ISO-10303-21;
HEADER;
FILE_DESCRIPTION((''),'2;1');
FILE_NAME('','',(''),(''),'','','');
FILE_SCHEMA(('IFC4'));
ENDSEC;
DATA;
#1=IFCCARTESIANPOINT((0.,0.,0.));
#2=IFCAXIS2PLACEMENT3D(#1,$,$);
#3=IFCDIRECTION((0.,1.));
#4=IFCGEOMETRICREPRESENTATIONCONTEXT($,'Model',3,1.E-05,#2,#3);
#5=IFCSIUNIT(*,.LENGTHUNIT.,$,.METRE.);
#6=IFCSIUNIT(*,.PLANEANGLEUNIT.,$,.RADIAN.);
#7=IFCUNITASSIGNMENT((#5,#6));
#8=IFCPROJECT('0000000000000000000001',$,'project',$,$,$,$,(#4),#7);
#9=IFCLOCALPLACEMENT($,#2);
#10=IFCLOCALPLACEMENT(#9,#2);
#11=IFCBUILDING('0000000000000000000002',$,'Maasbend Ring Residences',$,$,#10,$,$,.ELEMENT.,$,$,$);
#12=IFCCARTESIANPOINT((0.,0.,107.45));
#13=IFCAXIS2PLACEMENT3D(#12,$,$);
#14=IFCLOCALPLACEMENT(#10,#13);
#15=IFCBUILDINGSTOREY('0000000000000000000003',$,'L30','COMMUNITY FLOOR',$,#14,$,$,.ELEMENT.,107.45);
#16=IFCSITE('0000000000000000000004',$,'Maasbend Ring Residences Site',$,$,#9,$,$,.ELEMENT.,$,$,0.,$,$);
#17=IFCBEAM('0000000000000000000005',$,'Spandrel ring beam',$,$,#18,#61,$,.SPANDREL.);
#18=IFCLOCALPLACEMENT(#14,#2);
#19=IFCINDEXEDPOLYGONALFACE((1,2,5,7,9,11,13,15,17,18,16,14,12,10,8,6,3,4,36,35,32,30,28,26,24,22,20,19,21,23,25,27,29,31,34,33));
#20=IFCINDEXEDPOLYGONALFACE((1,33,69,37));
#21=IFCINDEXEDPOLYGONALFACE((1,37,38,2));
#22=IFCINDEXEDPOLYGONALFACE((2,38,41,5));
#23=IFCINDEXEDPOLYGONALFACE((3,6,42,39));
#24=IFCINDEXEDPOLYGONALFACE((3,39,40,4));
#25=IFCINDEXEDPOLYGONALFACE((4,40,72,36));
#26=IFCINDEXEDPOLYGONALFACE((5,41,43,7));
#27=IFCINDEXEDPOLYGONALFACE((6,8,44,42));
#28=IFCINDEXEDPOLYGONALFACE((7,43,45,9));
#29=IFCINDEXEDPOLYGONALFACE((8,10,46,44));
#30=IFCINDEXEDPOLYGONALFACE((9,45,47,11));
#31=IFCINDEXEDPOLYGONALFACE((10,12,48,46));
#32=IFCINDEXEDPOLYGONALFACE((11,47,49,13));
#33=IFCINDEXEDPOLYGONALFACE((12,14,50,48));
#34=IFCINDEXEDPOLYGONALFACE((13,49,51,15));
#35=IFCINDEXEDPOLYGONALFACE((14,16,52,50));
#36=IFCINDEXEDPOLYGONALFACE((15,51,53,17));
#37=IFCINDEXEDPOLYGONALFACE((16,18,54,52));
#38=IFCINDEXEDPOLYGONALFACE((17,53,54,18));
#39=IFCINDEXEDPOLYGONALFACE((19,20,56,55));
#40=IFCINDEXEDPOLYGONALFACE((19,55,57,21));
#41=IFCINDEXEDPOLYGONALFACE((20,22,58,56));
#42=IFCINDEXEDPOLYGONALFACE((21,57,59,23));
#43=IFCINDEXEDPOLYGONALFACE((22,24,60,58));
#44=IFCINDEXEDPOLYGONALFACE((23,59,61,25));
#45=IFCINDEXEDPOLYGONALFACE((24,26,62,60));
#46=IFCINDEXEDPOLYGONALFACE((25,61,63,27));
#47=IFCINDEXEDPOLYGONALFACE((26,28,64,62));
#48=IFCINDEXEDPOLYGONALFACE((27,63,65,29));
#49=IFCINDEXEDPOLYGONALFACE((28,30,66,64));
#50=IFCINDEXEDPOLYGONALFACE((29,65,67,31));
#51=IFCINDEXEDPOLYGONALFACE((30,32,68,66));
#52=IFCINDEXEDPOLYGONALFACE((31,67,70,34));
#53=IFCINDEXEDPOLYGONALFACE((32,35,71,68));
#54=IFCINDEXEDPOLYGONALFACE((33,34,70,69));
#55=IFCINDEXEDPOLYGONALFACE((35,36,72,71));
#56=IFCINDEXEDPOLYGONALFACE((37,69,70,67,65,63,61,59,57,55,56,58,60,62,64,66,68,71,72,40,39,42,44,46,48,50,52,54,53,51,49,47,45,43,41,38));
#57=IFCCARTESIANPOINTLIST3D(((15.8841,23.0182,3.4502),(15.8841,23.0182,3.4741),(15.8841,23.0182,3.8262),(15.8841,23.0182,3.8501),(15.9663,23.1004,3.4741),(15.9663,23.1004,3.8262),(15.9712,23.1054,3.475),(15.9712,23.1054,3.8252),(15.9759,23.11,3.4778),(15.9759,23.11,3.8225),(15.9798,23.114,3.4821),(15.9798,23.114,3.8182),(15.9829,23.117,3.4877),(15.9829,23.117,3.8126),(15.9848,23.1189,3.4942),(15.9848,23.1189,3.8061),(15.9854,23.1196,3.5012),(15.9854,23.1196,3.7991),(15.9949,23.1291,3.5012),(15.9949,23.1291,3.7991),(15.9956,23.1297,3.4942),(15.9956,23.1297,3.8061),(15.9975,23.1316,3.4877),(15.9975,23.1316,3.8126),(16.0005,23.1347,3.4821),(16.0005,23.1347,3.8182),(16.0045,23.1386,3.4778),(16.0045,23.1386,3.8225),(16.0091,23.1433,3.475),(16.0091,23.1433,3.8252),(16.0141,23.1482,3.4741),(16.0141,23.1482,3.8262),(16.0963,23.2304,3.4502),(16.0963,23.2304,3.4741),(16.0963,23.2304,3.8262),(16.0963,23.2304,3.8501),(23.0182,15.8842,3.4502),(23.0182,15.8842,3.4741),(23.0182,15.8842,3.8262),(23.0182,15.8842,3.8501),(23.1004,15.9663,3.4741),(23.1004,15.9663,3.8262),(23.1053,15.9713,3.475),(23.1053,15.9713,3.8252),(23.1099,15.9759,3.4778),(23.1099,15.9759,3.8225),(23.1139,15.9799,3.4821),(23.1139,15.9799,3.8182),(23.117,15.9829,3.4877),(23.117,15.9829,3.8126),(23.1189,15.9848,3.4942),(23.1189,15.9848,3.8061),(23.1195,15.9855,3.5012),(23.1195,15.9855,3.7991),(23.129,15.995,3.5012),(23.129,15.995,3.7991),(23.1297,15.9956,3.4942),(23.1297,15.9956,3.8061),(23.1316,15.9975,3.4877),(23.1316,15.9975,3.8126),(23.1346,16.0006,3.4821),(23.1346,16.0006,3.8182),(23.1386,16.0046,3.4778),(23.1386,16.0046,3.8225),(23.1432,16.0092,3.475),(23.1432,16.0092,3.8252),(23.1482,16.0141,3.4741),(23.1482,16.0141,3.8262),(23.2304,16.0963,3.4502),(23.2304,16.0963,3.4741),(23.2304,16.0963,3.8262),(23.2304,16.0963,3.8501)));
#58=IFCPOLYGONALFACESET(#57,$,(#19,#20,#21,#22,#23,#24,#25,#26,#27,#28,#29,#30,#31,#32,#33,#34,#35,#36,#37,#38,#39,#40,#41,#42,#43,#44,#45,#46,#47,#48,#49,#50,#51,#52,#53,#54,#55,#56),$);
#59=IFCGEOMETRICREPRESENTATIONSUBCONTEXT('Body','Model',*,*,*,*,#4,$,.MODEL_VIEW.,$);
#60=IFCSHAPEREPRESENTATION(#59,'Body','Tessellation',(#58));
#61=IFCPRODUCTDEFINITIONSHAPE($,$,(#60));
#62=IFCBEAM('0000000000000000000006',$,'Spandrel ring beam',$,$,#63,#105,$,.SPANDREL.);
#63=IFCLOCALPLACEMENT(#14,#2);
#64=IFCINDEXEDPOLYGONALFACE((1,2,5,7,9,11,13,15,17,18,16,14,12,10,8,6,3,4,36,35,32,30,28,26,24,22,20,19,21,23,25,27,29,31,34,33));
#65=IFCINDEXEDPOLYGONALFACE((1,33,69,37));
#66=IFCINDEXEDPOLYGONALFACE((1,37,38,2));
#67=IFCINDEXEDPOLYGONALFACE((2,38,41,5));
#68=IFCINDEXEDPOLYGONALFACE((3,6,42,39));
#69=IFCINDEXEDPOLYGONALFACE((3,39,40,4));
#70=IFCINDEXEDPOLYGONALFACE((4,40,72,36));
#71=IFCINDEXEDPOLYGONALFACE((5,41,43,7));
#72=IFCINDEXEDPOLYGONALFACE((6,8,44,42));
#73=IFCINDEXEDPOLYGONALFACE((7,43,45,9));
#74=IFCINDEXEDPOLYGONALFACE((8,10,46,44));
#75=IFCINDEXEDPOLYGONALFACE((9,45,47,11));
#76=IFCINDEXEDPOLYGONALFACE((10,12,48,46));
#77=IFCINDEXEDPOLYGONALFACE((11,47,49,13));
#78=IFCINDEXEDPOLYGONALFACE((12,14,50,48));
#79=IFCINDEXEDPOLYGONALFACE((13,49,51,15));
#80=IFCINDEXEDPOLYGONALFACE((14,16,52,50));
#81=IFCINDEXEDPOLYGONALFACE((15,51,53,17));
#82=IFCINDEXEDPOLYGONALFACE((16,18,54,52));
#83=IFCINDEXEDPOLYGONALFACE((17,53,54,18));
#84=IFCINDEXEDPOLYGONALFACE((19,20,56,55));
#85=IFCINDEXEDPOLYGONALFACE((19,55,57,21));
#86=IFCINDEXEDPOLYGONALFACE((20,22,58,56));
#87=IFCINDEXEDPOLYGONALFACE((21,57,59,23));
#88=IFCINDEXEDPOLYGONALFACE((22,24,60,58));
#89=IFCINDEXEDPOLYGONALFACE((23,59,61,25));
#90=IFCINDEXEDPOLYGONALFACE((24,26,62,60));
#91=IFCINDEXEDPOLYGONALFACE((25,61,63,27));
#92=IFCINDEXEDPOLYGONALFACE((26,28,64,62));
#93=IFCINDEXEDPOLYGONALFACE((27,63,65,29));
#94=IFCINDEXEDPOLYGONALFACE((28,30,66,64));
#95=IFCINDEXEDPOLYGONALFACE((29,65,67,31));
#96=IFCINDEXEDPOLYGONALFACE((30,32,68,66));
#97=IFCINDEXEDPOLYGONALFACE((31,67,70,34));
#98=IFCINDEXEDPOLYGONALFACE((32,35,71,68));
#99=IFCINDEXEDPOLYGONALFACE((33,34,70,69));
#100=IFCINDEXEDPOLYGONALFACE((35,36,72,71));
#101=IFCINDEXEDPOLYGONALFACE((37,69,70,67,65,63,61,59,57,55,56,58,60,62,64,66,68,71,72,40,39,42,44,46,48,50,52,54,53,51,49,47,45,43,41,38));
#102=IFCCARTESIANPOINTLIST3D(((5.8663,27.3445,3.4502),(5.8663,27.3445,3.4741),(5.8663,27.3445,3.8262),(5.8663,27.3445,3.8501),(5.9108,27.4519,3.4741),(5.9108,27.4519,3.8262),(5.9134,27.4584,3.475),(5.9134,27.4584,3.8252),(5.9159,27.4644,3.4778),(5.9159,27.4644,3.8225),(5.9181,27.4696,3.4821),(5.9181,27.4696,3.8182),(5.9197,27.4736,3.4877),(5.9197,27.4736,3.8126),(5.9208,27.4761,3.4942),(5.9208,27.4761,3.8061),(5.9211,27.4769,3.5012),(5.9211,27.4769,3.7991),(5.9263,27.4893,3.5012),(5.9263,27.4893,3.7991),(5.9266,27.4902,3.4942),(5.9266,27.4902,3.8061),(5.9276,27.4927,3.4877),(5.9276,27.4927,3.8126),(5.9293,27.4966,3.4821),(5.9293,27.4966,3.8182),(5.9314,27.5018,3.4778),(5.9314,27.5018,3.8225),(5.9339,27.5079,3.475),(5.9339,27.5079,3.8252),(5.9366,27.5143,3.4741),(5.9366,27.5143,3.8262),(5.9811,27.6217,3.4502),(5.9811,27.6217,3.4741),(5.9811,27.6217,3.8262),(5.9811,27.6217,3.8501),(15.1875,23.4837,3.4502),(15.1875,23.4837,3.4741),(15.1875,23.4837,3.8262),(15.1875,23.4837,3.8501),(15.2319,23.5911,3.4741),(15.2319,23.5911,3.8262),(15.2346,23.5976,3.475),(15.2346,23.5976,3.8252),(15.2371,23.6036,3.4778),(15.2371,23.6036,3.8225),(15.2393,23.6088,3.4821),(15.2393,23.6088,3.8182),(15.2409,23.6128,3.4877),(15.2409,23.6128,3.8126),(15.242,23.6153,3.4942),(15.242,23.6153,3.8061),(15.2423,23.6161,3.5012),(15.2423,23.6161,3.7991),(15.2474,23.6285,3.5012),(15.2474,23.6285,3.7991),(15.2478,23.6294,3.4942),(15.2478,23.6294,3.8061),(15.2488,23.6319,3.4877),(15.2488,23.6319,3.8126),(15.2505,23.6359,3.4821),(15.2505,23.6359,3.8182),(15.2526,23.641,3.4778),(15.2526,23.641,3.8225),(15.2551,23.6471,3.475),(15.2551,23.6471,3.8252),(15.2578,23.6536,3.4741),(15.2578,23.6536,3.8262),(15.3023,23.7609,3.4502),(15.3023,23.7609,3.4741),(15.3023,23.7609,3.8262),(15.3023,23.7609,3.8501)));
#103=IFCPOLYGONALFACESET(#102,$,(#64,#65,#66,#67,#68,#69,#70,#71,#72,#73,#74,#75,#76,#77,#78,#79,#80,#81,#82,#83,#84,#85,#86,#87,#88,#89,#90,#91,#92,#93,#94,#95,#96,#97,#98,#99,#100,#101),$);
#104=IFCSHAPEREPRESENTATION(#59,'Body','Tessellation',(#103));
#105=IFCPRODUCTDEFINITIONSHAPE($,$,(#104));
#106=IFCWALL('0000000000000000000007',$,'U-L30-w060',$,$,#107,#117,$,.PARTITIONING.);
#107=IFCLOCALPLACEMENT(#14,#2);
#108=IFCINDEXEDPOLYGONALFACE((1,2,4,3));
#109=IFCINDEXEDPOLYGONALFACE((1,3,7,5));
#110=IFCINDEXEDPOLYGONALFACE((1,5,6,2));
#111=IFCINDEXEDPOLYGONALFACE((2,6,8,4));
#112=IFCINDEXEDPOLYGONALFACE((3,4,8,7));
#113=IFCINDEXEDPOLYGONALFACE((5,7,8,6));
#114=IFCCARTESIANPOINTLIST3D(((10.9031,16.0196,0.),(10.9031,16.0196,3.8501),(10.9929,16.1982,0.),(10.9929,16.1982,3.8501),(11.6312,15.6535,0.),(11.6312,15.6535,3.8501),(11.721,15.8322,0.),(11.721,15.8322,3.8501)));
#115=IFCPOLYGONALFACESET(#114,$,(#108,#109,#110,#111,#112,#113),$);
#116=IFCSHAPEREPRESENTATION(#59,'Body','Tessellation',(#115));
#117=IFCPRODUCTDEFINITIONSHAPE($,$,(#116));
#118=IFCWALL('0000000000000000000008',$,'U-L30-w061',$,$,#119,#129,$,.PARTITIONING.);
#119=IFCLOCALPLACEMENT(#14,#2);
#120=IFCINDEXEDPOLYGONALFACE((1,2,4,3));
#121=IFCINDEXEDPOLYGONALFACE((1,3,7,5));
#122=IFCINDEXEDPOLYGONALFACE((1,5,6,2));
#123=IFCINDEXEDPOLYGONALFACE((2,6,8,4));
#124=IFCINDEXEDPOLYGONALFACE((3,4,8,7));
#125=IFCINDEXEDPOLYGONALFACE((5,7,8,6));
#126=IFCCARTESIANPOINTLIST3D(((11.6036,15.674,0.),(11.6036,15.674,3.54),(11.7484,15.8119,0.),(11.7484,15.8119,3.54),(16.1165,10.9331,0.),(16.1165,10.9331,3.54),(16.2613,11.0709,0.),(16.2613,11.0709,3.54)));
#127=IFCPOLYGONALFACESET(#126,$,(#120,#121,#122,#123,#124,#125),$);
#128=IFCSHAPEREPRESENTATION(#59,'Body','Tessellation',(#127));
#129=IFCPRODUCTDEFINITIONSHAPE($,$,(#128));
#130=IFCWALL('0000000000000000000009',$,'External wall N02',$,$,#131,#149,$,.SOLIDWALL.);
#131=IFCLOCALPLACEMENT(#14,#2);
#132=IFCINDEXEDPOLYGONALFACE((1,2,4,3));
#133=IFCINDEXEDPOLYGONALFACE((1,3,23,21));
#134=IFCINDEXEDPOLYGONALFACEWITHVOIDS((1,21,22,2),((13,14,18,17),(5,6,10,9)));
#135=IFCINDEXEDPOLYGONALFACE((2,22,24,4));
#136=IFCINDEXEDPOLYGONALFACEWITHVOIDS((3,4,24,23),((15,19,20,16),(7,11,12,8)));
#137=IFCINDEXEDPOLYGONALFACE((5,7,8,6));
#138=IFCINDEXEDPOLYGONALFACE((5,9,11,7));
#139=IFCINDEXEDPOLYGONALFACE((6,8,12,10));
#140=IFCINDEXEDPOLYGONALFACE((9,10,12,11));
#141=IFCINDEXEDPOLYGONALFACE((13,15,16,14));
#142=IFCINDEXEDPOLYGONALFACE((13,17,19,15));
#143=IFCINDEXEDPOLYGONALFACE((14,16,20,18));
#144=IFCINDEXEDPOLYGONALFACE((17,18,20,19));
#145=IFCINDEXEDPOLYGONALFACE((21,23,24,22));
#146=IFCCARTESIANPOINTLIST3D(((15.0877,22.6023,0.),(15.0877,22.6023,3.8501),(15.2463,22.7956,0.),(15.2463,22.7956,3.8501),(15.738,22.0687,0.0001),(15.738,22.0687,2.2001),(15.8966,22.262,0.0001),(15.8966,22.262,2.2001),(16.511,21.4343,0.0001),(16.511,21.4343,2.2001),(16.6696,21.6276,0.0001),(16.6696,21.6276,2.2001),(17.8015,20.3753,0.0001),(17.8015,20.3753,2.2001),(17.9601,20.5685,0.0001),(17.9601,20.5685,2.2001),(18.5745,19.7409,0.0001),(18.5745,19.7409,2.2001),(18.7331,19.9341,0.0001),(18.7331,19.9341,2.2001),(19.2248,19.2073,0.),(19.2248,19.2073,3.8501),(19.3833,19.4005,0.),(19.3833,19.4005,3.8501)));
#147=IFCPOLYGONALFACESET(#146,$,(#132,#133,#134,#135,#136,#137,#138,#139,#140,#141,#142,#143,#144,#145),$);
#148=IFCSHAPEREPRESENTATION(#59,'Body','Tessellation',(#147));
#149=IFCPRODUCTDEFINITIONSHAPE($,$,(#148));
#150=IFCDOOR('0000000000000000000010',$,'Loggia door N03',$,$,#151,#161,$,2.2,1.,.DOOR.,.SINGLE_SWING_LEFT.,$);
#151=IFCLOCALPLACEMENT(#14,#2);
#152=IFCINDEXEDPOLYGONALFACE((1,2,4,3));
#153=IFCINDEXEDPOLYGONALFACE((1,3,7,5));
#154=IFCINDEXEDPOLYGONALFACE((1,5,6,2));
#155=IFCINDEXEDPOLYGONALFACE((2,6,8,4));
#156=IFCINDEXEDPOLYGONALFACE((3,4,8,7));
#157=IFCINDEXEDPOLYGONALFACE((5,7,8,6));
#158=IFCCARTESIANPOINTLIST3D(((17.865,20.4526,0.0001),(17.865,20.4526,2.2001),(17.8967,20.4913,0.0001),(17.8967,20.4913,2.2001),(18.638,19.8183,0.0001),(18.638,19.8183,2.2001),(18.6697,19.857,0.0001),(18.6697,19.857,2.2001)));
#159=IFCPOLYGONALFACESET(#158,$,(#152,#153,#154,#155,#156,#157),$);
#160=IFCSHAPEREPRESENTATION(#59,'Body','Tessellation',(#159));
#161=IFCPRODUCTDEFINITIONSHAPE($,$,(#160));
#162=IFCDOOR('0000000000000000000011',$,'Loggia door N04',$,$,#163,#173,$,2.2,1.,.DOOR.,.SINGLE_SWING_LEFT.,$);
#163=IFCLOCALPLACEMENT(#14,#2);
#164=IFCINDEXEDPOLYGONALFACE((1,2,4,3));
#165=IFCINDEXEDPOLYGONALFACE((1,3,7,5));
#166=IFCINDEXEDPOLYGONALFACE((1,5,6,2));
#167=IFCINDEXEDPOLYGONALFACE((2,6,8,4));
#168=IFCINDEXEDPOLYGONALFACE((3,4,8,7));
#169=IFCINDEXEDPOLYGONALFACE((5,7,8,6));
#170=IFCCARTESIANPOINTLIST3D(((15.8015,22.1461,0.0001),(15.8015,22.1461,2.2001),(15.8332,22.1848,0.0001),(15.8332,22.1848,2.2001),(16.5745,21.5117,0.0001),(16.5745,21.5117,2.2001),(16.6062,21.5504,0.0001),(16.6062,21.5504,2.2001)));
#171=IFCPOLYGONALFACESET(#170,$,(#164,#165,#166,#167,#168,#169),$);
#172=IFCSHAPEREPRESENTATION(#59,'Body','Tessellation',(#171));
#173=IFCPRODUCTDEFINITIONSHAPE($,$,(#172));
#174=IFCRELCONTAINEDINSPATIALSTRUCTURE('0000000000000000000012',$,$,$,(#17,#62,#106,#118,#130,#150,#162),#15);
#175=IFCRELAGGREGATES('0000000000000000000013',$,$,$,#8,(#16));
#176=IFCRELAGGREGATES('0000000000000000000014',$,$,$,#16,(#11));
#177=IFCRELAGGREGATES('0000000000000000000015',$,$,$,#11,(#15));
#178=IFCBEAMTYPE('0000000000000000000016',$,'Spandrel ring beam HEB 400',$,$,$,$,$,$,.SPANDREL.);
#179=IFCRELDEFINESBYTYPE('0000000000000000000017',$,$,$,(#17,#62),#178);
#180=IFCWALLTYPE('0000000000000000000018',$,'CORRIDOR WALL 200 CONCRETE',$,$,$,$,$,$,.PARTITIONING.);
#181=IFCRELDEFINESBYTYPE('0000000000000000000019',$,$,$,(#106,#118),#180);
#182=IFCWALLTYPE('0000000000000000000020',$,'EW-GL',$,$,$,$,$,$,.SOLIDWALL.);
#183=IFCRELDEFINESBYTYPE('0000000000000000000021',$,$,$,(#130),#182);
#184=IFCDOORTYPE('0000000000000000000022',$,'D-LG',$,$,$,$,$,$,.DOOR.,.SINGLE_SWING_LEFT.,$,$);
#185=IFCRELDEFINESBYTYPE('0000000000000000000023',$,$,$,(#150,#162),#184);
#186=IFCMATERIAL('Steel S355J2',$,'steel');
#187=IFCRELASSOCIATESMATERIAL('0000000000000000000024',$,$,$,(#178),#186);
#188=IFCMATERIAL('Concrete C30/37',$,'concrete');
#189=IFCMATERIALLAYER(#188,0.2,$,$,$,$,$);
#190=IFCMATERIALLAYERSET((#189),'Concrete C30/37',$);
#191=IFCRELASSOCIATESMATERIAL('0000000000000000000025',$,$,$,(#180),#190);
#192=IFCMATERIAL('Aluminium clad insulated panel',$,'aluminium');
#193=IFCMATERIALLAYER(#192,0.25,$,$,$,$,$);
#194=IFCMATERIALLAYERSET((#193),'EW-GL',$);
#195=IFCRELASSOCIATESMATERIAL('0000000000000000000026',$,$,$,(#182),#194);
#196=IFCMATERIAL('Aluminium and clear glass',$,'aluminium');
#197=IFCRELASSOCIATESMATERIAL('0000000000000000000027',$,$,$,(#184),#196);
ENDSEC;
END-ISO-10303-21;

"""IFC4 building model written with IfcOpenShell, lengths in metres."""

from ifc_helpers import new_model, si_unit, direction, frame, frame_2d, origin, origin_2d, place, context, subcontext, project, spatial, rectangle, i_section, extrude, material, layer, layer_set, material_profile, profile_set, type_object, element, fill, save


model = new_model("IFC4")

# Units and contexts
model_context = context("Model", 3, precision=1e-05, world=origin(), true_north=direction((0.0, 1.0)))
body_context = subcontext(model_context, "Body", "Model", "MODEL_VIEW")
ifc_project = project(units=[si_unit("LENGTHUNIT", "METRE"), si_unit("PLANEANGLEUNIT", "RADIAN")], contexts=[model_context])

# Site, building, storey
site_placement = place(None, origin())
site = spatial("IfcSite", under=ifc_project, at=site_placement, Name="Maasbend Ring Residences Site", CompositionType="ELEMENT", RefElevation=0.0)
building_placement = place(site_placement, origin())
building = spatial("IfcBuilding", under=site, at=building_placement, Name="Maasbend Ring Residences", CompositionType="ELEMENT")
storey_placement = place(building_placement, frame((0.0, 0.0, 107.45)))
storey = spatial("IfcBuildingStorey", under=building, at=storey_placement, Name="L30", Description="COMMUNITY FLOOR", CompositionType="ELEMENT", Elevation=107.45)

# Beams
ifc_material_1 = material(Name="Steel S355J2", Category="steel")
ifc_material_profile_1 = material_profile(ifc_material_1, i_section(OverallWidth=0.3, OverallDepth=0.3999, WebThickness=0.0134, FlangeThickness=0.0239, FilletRadius=0.0271, at=origin_2d()), Name="HEB 400")
ifc_profile_set_1 = profile_set([ifc_material_profile_1], Name="Steel S355J2")
beam_type_1 = type_object("IfcBeamType", Name="Spandrel ring beam HEB 400", PredefinedType="SPANDREL", material=ifc_profile_set_1)
for number, where, z_axis, x_axis, name in (
    (1, (23.1243, 15.9902, 3.6501), (-0.707107, 0.707107, 0.0), (-0.707107, -0.707107, 0.0), "Spandrel ring beam"),
    (2, (15.2449, 23.6223, 3.6501), (-0.923885, 0.38267, 0.0), (-0.38267, -0.923885, 0.0), "Spandrel ring beam"),
):
    element("IfcBeam", number, at=place(storey_placement, frame(where, z_axis=z_axis, x_axis=x_axis)), inside=storey, type_object=beam_type_1, Name=name, PredefinedType="SPANDREL", context=body_context, shape_type="SweptSolid", body=[
        extrude(i_section(OverallWidth=0.3, OverallDepth=0.3999, WebThickness=0.0134, FlangeThickness=0.0239, FilletRadius=0.0271, at=origin_2d()), origin(), (0.0, 0.0, 1.0), 10.0891),
    ])

# Walls
ifc_material_2 = material(Name="Concrete C30/37", Category="concrete")
ifc_layer_1 = layer(ifc_material_2, 0.2)
ifc_layer_set_1 = layer_set([ifc_layer_1], Name="Concrete C30/37")
wall_type_1 = type_object("IfcWallType", Name="CORRIDOR WALL 200 CONCRETE", PredefinedType="PARTITIONING", material=ifc_layer_set_1)
wall_1_placement = place(storey_placement, frame((10.948, 16.1089, 0.0), z_axis=(0.0, 0.0, 1.0), x_axis=(0.893466, -0.44913, 0.0)))
element("IfcWall", 3, at=wall_1_placement, inside=storey, type_object=wall_type_1, Name="U-L30-w060", PredefinedType="PARTITIONING", context=body_context, shape_type="SweptSolid", body=[
    extrude(rectangle(XDim=0.8149, YDim=0.2, at=frame_2d((0.4075, 0.0))), origin(), (0.0, 0.0, 1.0), 3.8501),
])
wall_2_placement = place(storey_placement, frame((11.676, 15.7429, 0.0), z_axis=(0.0, 0.0, 1.0), x_axis=(0.689474, -0.724311, 0.0)))
element("IfcWall", 4, at=wall_2_placement, inside=storey, type_object=wall_type_1, Name="U-L30-w061", PredefinedType="PARTITIONING", context=body_context, shape_type="SweptSolid", body=[
    extrude(rectangle(XDim=6.5454, YDim=0.2, at=frame_2d((3.2727, 0.0))), origin(), (0.0, 0.0, 1.0), 3.54),
])

# Wall, openings, doors
ifc_material_3 = material(Name="Aluminium clad insulated panel", Category="aluminium")
ifc_layer_2 = layer(ifc_material_3, 0.25)
ifc_layer_set_2 = layer_set([ifc_layer_2], Name="EW-GL")
wall_type_2 = type_object("IfcWallType", Name="EW-GL", PredefinedType="SOLIDWALL", material=ifc_layer_set_2)
wall_3_placement = place(storey_placement, frame((19.304, 19.304, 0.0), z_axis=(0.0, 0.0, 1.0), x_axis=(-0.773019, 0.634382, 0.0)))
wall_3 = element("IfcWall", 5, at=wall_3_placement, inside=storey, type_object=wall_type_2, Name="External wall N02", PredefinedType="SOLIDWALL", context=body_context, shape_type="SweptSolid", body=[
    extrude(rectangle(XDim=5.3518, YDim=0.25, at=frame_2d((2.6758, 0.0))), origin(), (0.0, 0.0, 1.0), 3.8501),
])
opening_1_placement = place(wall_3_placement, frame((0.8411, 0.0, 0.0)))
opening_1 = element("IfcOpeningElement", 6, at=opening_1_placement, cuts=wall_3, PredefinedType="OPENING", context=body_context, shape_type="SweptSolid", body=[
    extrude(rectangle(XDim=1.0, YDim=2.2, at=frame_2d((0.5, 1.1001))), frame((0.0, 0.135, 0.0), z_axis=(0.0, -1.0, 0.0), x_axis=(1.0, 0.0, 0.0)), (0.0, 0.0, 1.0), 0.27),
])
opening_2_placement = place(wall_3_placement, frame((3.5105, 0.0, 0.0)))
opening_2 = element("IfcOpeningElement", 7, at=opening_2_placement, cuts=wall_3, PredefinedType="OPENING", context=body_context, shape_type="SweptSolid", body=[
    extrude(rectangle(XDim=1.0, YDim=2.2, at=frame_2d((0.5, 1.1001))), frame((0.0, 0.135, 0.0), z_axis=(0.0, -1.0, 0.0), x_axis=(1.0, 0.0, 0.0)), (0.0, 0.0, 1.0), 0.27),
])
ifc_material_4 = material(Name="Aluminium and clear glass", Category="aluminium")
door_type = type_object("IfcDoorType", Name="D-LG", OperationType="SINGLE_SWING_LEFT", PredefinedType="DOOR", material=ifc_material_4)
door_1_placement = place(opening_1_placement, origin())
door_1 = element("IfcDoor", 8, at=door_1_placement, inside=storey, type_object=door_type, Name="Loggia door N03", OperationType="SINGLE_SWING_LEFT", OverallHeight=2.2, OverallWidth=1.0, PredefinedType="DOOR", context=body_context, shape_type="SweptSolid", body=[
    extrude(rectangle(XDim=1.0, YDim=2.2, at=frame_2d((0.5, 1.1001))), frame((0.0, 0.0249, 0.0), z_axis=(0.0, -1.0, 0.0), x_axis=(1.0, 0.0, 0.0)), (0.0, 0.0, 1.0), 0.05),
])
fill(opening_1, door_1)
door_2_placement = place(opening_2_placement, origin())
door_2 = element("IfcDoor", 9, at=door_2_placement, inside=storey, type_object=door_type, Name="Loggia door N04", OperationType="SINGLE_SWING_LEFT", OverallHeight=2.2, OverallWidth=1.0, PredefinedType="DOOR", context=body_context, shape_type="SweptSolid", body=[
    extrude(rectangle(XDim=1.0, YDim=2.2, at=frame_2d((0.5, 1.1001))), frame((0.0, 0.0249, 0.0), z_axis=(0.0, -1.0, 0.0), x_axis=(1.0, 0.0, 0.0)), (0.0, 0.0, 1.0), 0.05),
])
fill(opening_2, door_2)

save(model, "model.ifc")
